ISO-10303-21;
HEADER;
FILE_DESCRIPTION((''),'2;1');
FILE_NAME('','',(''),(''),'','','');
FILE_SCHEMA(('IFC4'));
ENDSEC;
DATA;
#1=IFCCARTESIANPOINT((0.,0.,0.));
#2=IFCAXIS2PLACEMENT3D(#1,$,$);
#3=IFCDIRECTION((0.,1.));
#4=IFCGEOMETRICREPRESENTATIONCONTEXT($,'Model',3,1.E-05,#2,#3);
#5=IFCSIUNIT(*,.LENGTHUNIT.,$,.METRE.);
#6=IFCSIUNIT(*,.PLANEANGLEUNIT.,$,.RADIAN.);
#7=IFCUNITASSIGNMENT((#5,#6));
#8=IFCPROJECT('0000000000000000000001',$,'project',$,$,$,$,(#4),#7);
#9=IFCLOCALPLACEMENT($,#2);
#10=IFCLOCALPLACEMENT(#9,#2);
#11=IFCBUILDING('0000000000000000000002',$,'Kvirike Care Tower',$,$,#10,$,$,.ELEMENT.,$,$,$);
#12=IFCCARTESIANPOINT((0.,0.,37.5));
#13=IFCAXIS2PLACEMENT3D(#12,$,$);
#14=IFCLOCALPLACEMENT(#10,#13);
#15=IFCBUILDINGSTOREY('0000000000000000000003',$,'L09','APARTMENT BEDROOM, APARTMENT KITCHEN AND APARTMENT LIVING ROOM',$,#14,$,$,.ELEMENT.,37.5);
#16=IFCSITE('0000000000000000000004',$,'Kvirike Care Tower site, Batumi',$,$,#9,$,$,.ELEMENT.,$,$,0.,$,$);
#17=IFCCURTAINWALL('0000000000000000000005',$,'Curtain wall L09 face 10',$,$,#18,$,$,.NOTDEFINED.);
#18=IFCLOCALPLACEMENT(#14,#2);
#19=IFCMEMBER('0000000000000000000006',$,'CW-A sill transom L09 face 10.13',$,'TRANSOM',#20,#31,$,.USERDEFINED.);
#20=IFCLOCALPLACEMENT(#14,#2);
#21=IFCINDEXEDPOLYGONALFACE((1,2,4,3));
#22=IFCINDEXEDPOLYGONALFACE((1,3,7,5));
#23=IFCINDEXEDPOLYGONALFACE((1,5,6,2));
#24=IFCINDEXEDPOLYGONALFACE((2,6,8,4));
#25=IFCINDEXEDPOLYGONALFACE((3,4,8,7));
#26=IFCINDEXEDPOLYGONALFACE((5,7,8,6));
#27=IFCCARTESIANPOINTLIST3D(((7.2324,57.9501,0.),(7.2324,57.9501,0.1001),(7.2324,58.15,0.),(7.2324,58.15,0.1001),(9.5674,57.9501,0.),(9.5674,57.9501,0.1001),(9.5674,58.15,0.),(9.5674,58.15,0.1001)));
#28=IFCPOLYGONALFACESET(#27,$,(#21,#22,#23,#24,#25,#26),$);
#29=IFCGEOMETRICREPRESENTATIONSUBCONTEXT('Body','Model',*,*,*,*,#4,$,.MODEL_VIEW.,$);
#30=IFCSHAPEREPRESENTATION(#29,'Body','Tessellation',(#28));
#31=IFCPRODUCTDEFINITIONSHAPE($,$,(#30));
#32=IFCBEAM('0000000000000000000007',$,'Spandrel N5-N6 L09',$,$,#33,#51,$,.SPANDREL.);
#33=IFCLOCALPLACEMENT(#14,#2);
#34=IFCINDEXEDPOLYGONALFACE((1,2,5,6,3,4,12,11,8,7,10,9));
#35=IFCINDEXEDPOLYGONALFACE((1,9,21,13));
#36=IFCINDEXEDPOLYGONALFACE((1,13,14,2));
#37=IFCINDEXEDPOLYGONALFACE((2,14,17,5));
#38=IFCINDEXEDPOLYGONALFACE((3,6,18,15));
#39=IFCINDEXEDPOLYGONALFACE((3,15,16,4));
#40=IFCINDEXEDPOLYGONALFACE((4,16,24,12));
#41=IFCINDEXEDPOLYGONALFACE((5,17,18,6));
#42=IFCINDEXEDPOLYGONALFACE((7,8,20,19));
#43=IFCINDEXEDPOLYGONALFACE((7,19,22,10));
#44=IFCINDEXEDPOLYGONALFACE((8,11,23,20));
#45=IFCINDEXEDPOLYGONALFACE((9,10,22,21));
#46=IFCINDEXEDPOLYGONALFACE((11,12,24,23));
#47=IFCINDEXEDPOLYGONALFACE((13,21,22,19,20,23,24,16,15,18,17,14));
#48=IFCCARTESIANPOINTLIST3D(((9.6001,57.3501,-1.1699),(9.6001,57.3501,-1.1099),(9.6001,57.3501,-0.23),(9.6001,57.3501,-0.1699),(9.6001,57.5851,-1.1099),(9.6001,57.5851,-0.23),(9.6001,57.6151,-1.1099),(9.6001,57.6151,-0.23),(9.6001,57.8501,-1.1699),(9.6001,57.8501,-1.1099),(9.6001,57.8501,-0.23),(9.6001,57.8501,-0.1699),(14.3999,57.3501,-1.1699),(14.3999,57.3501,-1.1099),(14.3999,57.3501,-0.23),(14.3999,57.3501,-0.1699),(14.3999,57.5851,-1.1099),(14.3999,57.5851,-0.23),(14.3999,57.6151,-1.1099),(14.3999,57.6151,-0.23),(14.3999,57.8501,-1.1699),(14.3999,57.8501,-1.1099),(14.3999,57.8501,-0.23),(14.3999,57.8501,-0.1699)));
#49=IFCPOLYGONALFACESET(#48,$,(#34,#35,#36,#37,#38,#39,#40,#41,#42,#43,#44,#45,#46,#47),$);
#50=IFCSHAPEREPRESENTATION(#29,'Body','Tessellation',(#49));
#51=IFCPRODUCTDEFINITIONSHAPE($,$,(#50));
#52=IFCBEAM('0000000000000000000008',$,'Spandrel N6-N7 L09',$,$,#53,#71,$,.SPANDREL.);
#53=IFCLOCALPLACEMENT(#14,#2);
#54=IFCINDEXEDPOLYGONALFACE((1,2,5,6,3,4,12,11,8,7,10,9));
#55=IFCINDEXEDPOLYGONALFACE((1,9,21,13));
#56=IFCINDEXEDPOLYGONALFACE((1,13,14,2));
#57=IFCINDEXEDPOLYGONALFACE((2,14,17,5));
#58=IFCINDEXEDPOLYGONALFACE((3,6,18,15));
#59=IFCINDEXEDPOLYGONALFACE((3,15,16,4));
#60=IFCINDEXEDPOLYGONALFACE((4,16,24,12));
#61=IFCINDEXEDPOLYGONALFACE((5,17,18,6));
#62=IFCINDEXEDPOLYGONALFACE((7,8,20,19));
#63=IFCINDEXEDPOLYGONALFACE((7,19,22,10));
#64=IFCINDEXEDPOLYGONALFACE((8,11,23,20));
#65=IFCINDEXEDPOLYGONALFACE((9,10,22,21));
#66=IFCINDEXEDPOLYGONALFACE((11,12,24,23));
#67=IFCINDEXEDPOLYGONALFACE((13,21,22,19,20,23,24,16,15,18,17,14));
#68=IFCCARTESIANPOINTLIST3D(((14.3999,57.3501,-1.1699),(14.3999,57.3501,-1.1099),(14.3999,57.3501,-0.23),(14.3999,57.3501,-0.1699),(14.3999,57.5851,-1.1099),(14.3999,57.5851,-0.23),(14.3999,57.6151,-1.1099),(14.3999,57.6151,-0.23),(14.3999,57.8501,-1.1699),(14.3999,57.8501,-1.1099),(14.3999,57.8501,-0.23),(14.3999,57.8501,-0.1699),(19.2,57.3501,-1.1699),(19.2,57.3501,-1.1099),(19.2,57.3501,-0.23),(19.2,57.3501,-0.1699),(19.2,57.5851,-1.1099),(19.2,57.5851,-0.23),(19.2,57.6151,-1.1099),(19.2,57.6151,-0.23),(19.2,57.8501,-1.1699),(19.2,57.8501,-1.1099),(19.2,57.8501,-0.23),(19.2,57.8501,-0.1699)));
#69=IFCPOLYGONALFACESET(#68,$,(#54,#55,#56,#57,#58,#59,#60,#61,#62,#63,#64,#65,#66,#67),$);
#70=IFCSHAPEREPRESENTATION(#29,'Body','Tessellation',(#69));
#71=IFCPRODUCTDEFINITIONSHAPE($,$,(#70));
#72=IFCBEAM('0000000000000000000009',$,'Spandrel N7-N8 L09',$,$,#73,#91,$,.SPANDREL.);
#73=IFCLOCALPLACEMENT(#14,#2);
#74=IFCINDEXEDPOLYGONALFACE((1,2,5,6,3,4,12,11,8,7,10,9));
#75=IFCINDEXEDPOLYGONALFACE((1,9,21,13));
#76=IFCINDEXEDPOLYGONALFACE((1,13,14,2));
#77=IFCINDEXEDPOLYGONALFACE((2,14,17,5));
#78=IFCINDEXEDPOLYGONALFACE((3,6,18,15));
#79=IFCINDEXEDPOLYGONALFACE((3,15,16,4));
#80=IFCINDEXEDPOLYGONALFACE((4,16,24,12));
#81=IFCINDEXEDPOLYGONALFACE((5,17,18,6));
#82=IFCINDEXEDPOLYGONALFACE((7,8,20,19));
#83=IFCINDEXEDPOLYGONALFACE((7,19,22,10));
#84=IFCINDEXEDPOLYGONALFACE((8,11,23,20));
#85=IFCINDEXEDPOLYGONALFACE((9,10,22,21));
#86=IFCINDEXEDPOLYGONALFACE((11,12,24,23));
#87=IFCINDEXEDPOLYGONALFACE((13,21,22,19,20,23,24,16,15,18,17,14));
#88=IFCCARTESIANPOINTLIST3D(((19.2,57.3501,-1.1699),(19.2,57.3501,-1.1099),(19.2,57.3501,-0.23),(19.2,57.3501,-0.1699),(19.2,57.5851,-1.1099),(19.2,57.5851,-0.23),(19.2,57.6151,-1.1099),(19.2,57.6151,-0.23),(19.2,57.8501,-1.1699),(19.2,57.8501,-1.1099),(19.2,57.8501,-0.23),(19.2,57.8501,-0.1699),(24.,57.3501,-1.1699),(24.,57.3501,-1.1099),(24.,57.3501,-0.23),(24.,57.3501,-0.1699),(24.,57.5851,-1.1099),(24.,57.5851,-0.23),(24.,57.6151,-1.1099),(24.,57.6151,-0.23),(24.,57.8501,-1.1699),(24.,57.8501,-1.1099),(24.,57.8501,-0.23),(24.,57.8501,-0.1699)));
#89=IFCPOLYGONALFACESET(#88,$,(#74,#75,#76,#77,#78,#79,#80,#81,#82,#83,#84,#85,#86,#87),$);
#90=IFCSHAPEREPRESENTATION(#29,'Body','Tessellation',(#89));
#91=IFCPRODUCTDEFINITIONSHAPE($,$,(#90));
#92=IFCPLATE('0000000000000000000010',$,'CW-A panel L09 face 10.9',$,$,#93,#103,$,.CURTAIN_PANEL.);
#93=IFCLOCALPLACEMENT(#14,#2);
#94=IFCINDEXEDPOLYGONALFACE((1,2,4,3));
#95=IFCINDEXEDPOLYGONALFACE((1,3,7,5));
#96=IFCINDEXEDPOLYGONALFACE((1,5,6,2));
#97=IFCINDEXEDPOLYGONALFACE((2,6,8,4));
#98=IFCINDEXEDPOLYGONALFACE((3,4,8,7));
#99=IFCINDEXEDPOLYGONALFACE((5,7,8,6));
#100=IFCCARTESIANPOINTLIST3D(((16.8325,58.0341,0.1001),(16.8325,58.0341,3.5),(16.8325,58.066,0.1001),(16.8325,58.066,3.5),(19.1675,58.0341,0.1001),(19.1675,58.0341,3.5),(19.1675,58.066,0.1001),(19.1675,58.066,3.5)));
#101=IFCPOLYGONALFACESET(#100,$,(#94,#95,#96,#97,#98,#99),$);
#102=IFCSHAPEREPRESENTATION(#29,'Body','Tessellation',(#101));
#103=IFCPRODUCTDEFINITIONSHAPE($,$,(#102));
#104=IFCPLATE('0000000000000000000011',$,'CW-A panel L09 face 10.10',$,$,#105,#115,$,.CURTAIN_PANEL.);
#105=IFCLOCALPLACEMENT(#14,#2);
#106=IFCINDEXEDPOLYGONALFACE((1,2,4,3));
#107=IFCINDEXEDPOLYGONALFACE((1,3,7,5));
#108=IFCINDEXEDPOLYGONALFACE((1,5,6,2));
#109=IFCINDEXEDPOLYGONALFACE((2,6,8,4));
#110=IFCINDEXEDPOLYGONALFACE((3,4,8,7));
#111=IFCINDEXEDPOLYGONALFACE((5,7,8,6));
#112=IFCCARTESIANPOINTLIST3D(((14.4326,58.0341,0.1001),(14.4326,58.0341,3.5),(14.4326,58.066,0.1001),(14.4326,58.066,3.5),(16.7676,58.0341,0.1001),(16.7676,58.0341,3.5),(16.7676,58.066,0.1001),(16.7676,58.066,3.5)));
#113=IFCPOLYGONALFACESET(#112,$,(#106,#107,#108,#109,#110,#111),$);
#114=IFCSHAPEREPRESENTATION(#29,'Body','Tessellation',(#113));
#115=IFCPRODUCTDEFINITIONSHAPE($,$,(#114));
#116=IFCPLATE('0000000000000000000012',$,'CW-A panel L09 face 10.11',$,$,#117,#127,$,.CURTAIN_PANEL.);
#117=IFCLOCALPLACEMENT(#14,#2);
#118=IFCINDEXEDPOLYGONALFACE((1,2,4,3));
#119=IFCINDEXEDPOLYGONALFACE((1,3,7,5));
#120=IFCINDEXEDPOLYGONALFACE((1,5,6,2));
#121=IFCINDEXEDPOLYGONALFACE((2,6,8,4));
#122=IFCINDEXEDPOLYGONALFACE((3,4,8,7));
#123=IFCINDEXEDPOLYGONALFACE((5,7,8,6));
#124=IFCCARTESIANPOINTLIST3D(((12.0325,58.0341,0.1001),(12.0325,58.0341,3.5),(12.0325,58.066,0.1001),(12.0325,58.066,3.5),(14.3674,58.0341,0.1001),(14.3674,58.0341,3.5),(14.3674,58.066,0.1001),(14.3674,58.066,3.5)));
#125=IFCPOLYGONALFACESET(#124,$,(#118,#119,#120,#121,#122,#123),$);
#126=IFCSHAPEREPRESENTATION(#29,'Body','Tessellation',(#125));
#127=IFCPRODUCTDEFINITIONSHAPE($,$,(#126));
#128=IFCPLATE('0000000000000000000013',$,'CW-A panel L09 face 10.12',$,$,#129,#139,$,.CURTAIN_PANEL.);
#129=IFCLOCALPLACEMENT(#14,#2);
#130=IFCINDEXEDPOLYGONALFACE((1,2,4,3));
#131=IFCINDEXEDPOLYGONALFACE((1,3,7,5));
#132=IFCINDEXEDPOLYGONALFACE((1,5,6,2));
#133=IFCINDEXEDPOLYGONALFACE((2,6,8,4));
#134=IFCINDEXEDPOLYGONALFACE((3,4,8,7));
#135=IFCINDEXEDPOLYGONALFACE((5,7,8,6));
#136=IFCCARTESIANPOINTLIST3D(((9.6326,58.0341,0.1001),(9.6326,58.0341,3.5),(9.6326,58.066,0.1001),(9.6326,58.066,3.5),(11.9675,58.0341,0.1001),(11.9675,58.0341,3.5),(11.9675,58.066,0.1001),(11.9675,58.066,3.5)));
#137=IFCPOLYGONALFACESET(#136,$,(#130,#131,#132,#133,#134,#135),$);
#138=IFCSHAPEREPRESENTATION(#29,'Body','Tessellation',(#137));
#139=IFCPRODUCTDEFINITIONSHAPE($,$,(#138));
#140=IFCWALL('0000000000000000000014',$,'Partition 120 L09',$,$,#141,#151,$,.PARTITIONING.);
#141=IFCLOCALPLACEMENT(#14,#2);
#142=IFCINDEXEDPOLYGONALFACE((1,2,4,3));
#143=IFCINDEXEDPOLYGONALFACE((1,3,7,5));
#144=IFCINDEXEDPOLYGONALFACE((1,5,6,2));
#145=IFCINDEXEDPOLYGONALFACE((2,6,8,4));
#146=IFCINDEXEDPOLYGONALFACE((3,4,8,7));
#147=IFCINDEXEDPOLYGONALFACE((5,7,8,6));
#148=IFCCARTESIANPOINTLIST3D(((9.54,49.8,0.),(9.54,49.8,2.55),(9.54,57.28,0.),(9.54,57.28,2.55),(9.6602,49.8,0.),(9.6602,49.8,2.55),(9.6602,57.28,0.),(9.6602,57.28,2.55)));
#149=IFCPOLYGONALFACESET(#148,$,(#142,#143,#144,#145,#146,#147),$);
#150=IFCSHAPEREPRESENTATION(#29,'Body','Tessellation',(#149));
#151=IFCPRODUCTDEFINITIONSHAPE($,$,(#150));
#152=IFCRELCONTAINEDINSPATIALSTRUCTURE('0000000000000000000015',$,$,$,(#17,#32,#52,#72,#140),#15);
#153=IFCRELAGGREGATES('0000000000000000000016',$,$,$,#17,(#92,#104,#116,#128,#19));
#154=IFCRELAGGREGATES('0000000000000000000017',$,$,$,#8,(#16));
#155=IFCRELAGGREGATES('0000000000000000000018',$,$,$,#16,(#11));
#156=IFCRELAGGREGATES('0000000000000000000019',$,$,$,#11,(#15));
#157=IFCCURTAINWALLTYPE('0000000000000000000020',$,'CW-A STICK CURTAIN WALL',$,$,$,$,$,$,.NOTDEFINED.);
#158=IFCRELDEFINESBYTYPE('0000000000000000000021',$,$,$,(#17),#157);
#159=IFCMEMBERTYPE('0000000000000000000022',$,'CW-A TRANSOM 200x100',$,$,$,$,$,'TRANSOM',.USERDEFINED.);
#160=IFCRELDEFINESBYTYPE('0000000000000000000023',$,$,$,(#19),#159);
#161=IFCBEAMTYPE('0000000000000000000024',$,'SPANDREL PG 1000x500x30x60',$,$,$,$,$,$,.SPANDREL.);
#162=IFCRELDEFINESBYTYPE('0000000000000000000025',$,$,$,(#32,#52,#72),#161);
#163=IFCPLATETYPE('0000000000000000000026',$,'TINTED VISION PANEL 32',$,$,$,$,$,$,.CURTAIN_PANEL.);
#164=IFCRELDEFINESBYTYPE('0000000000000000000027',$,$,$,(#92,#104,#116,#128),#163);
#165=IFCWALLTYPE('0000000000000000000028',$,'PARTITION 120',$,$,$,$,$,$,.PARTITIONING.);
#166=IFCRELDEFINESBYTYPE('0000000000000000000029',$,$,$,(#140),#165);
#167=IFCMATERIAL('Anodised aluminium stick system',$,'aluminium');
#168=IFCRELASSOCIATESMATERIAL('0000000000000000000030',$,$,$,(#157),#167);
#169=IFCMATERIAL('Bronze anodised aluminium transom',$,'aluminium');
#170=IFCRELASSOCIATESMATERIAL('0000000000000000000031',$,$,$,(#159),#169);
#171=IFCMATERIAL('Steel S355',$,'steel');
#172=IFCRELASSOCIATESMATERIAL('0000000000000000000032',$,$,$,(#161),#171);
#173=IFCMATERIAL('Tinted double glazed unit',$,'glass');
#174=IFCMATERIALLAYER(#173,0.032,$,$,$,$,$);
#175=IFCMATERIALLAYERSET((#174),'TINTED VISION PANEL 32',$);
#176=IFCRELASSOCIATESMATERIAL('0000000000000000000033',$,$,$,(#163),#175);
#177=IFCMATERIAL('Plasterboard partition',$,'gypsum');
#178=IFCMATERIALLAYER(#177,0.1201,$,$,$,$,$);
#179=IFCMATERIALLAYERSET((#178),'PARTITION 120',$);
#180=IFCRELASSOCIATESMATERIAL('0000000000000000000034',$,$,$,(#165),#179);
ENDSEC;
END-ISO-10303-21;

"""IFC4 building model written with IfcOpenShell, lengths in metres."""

from ifc_helpers import new_model, si_unit, direction, frame, frame_2d, origin, origin_2d, place, context, subcontext, project, spatial, rectangle, i_section, extrude, material, layer, layer_set, material_profile, profile_set, type_object, element, aggregate, save


model = new_model("IFC4")

# Units and contexts
model_context = context("Model", 3, precision=1e-05, world=origin(), true_north=direction((0.0, 1.0)))
body_context = subcontext(model_context, "Body", "Model", "MODEL_VIEW")
ifc_project = project(units=[si_unit("LENGTHUNIT", "METRE"), si_unit("PLANEANGLEUNIT", "RADIAN")], contexts=[model_context])

# Site, building, storey
site_placement = place(None, origin())
site = spatial("IfcSite", under=ifc_project, at=site_placement, Name="Kvirike Care Tower site, Batumi", CompositionType="ELEMENT", RefElevation=0.0)
building_placement = place(site_placement, origin())
building = spatial("IfcBuilding", under=site, at=building_placement, Name="Kvirike Care Tower", CompositionType="ELEMENT")
storey_placement = place(building_placement, frame((0.0, 0.0, 37.5)))
storey = spatial("IfcBuildingStorey", under=building, at=storey_placement, Name="L09", Description="APARTMENT BEDROOM, APARTMENT KITCHEN AND APARTMENT LIVING ROOM", CompositionType="ELEMENT", Elevation=37.5)

# Curtain wall, member
ifc_material_1 = material(Name="Anodised aluminium stick system", Category="aluminium")
curtain_wall_type = type_object("IfcCurtainWallType", Name="CW-A STICK CURTAIN WALL", PredefinedType="NOTDEFINED", material=ifc_material_1)
curtain_wall_placement = place(storey_placement, origin())
curtain_wall = element("IfcCurtainWall", 1, at=curtain_wall_placement, inside=storey, type_object=curtain_wall_type, Name="Curtain wall L09 face 10", PredefinedType="NOTDEFINED")
ifc_material_2 = material(Name="Bronze anodised aluminium transom", Category="aluminium")
ifc_material_profile_1 = material_profile(ifc_material_2, rectangle(XDim=0.2, YDim=0.1001, at=origin_2d()), Name="CW-A TRANSOM 200x100")
ifc_profile_set_1 = profile_set([ifc_material_profile_1], Name="Bronze anodised aluminium transom")
member_type_1 = type_object("IfcMemberType", Name="CW-A TRANSOM 200x100", ElementType="TRANSOM", PredefinedType="USERDEFINED", material=ifc_profile_set_1)
member_1_placement = place(storey_placement, frame((9.5674, 58.05, 0.05), z_axis=(-1.0, 0.0, 0.0), x_axis=(0.0, -1.0, 0.0)))
member_1 = element("IfcMember", 2, at=member_1_placement, type_object=member_type_1, Name="CW-A sill transom L09 face 10.13", ObjectType="TRANSOM", PredefinedType="USERDEFINED", context=body_context, shape_type="SweptSolid", body=[
    extrude(rectangle(XDim=0.2, YDim=0.1001, at=origin_2d()), origin(), (0.0, 0.0, 1.0), 2.335),
])

# Beams
ifc_material_3 = material(Name="Steel S355", Category="steel")
ifc_material_profile_2 = material_profile(ifc_material_3, i_section(OverallWidth=0.5, OverallDepth=1.0, WebThickness=0.03, FlangeThickness=0.0601, at=origin_2d()), Name="PG 1000x500x30x60")
ifc_profile_set_2 = profile_set([ifc_material_profile_2], Name="Steel S355")
beam_type = type_object("IfcBeamType", Name="SPANDREL PG 1000x500x30x60", PredefinedType="SPANDREL", material=ifc_profile_set_2)
beam_placement = place(storey_placement, frame((9.6001, 57.6001, -0.6699), z_axis=(1.0, 0.0, 0.0), x_axis=(0.0, 1.0, 0.0)))
element("IfcBeam", 3, at=beam_placement, inside=storey, type_object=beam_type, Name="Spandrel N5-N6 L09", PredefinedType="SPANDREL", context=body_context, shape_type="SweptSolid", body=[
    extrude(i_section(OverallWidth=0.5, OverallDepth=1.0, WebThickness=0.03, FlangeThickness=0.0601, at=origin_2d()), origin(), (0.0, 0.0, 1.0), 4.7998),
])
for number, where, z_axis, x_axis, name in (
    (4, (14.3999, 57.6001, -0.6699), (1.0, 0.0, 0.0), (0.0, 1.0, 0.0), "Spandrel N6-N7 L09"),
    (5, (19.2, 57.6001, -0.6699), (1.0, 0.0, 0.0), (0.0, 1.0, 0.0), "Spandrel N7-N8 L09"),
):
    element("IfcBeam", number, at=place(storey_placement, frame(where, z_axis=z_axis, x_axis=x_axis)), inside=storey, type_object=beam_type, Name=name, PredefinedType="SPANDREL", context=body_context, shape_type="SweptSolid", body=[
        extrude(i_section(OverallWidth=0.5, OverallDepth=1.0, WebThickness=0.03, FlangeThickness=0.0601, at=origin_2d()), origin(), (0.0, 0.0, 1.0), 4.8),
    ])

# Plates
ifc_material_4 = material(Name="Tinted double glazed unit", Category="glass")
ifc_layer_1 = layer(ifc_material_4, 0.032)
ifc_layer_set_1 = layer_set([ifc_layer_1], Name="TINTED VISION PANEL 32")
plate_type = type_object("IfcPlateType", Name="TINTED VISION PANEL 32", PredefinedType="CURTAIN_PANEL", material=ifc_layer_set_1)
plate_1_placement = place(storey_placement, frame((18.0, 58.05, 0.1001), z_axis=(0.0, 0.0, 1.0), x_axis=(-1.0, 0.0, 0.0)))
plate_1 = element("IfcPlate", 6, at=plate_1_placement, type_object=plate_type, Name="CW-A panel L09 face 10.9", PredefinedType="CURTAIN_PANEL", context=body_context, shape_type="SweptSolid", body=[
    extrude(rectangle(XDim=2.335, YDim=0.032, at=origin_2d()), origin(), (0.0, 0.0, 1.0), 3.3999),
])
plate_2_placement = place(storey_placement, frame((15.6001, 58.05, 0.1001), z_axis=(0.0, 0.0, 1.0), x_axis=(-1.0, 0.0, 0.0)))
plate_2 = element("IfcPlate", 7, at=plate_2_placement, type_object=plate_type, Name="CW-A panel L09 face 10.10", PredefinedType="CURTAIN_PANEL", context=body_context, shape_type="SweptSolid", body=[
    extrude(rectangle(XDim=2.335, YDim=0.032, at=origin_2d()), origin(), (0.0, 0.0, 1.0), 3.3999),
])
plate_3_placement = place(storey_placement, frame((13.2, 58.05, 0.1001), z_axis=(0.0, 0.0, 1.0), x_axis=(-1.0, 0.0, 0.0)))
plate_3 = element("IfcPlate", 8, at=plate_3_placement, type_object=plate_type, Name="CW-A panel L09 face 10.11", PredefinedType="CURTAIN_PANEL", context=body_context, shape_type="SweptSolid", body=[
    extrude(rectangle(XDim=2.335, YDim=0.032, at=origin_2d()), origin(), (0.0, 0.0, 1.0), 3.3999),
])
plate_4_placement = place(storey_placement, frame((10.8, 58.05, 0.1001), z_axis=(0.0, 0.0, 1.0), x_axis=(-1.0, 0.0, 0.0)))
plate_4 = element("IfcPlate", 9, at=plate_4_placement, type_object=plate_type, Name="CW-A panel L09 face 10.12", PredefinedType="CURTAIN_PANEL", context=body_context, shape_type="SweptSolid", body=[
    extrude(rectangle(XDim=2.335, YDim=0.032, at=origin_2d()), origin(), (0.0, 0.0, 1.0), 3.3999),
])
aggregate(curtain_wall, [plate_1, plate_2, plate_3, plate_4, member_1])

# Wall
ifc_material_5 = material(Name="Plasterboard partition", Category="gypsum")
ifc_layer_2 = layer(ifc_material_5, 0.1201)
ifc_layer_set_2 = layer_set([ifc_layer_2], Name="PARTITION 120")
wall_type = type_object("IfcWallType", Name="PARTITION 120", PredefinedType="PARTITIONING", material=ifc_layer_set_2)
wall_placement = place(storey_placement, frame((9.6001, 57.28, 0.0), z_axis=(0.0, 0.0, 1.0), x_axis=(0.0, -1.0, 0.0)))
element("IfcWall", 10, at=wall_placement, inside=storey, type_object=wall_type, Name="Partition 120 L09", PredefinedType="PARTITIONING", context=body_context, shape_type="SweptSolid", body=[
    extrude(rectangle(XDim=7.48, YDim=0.1201, at=frame_2d((3.74, 0.0))), origin(), (0.0, 0.0, 1.0), 2.55),
])

save(model, "model.ifc")
